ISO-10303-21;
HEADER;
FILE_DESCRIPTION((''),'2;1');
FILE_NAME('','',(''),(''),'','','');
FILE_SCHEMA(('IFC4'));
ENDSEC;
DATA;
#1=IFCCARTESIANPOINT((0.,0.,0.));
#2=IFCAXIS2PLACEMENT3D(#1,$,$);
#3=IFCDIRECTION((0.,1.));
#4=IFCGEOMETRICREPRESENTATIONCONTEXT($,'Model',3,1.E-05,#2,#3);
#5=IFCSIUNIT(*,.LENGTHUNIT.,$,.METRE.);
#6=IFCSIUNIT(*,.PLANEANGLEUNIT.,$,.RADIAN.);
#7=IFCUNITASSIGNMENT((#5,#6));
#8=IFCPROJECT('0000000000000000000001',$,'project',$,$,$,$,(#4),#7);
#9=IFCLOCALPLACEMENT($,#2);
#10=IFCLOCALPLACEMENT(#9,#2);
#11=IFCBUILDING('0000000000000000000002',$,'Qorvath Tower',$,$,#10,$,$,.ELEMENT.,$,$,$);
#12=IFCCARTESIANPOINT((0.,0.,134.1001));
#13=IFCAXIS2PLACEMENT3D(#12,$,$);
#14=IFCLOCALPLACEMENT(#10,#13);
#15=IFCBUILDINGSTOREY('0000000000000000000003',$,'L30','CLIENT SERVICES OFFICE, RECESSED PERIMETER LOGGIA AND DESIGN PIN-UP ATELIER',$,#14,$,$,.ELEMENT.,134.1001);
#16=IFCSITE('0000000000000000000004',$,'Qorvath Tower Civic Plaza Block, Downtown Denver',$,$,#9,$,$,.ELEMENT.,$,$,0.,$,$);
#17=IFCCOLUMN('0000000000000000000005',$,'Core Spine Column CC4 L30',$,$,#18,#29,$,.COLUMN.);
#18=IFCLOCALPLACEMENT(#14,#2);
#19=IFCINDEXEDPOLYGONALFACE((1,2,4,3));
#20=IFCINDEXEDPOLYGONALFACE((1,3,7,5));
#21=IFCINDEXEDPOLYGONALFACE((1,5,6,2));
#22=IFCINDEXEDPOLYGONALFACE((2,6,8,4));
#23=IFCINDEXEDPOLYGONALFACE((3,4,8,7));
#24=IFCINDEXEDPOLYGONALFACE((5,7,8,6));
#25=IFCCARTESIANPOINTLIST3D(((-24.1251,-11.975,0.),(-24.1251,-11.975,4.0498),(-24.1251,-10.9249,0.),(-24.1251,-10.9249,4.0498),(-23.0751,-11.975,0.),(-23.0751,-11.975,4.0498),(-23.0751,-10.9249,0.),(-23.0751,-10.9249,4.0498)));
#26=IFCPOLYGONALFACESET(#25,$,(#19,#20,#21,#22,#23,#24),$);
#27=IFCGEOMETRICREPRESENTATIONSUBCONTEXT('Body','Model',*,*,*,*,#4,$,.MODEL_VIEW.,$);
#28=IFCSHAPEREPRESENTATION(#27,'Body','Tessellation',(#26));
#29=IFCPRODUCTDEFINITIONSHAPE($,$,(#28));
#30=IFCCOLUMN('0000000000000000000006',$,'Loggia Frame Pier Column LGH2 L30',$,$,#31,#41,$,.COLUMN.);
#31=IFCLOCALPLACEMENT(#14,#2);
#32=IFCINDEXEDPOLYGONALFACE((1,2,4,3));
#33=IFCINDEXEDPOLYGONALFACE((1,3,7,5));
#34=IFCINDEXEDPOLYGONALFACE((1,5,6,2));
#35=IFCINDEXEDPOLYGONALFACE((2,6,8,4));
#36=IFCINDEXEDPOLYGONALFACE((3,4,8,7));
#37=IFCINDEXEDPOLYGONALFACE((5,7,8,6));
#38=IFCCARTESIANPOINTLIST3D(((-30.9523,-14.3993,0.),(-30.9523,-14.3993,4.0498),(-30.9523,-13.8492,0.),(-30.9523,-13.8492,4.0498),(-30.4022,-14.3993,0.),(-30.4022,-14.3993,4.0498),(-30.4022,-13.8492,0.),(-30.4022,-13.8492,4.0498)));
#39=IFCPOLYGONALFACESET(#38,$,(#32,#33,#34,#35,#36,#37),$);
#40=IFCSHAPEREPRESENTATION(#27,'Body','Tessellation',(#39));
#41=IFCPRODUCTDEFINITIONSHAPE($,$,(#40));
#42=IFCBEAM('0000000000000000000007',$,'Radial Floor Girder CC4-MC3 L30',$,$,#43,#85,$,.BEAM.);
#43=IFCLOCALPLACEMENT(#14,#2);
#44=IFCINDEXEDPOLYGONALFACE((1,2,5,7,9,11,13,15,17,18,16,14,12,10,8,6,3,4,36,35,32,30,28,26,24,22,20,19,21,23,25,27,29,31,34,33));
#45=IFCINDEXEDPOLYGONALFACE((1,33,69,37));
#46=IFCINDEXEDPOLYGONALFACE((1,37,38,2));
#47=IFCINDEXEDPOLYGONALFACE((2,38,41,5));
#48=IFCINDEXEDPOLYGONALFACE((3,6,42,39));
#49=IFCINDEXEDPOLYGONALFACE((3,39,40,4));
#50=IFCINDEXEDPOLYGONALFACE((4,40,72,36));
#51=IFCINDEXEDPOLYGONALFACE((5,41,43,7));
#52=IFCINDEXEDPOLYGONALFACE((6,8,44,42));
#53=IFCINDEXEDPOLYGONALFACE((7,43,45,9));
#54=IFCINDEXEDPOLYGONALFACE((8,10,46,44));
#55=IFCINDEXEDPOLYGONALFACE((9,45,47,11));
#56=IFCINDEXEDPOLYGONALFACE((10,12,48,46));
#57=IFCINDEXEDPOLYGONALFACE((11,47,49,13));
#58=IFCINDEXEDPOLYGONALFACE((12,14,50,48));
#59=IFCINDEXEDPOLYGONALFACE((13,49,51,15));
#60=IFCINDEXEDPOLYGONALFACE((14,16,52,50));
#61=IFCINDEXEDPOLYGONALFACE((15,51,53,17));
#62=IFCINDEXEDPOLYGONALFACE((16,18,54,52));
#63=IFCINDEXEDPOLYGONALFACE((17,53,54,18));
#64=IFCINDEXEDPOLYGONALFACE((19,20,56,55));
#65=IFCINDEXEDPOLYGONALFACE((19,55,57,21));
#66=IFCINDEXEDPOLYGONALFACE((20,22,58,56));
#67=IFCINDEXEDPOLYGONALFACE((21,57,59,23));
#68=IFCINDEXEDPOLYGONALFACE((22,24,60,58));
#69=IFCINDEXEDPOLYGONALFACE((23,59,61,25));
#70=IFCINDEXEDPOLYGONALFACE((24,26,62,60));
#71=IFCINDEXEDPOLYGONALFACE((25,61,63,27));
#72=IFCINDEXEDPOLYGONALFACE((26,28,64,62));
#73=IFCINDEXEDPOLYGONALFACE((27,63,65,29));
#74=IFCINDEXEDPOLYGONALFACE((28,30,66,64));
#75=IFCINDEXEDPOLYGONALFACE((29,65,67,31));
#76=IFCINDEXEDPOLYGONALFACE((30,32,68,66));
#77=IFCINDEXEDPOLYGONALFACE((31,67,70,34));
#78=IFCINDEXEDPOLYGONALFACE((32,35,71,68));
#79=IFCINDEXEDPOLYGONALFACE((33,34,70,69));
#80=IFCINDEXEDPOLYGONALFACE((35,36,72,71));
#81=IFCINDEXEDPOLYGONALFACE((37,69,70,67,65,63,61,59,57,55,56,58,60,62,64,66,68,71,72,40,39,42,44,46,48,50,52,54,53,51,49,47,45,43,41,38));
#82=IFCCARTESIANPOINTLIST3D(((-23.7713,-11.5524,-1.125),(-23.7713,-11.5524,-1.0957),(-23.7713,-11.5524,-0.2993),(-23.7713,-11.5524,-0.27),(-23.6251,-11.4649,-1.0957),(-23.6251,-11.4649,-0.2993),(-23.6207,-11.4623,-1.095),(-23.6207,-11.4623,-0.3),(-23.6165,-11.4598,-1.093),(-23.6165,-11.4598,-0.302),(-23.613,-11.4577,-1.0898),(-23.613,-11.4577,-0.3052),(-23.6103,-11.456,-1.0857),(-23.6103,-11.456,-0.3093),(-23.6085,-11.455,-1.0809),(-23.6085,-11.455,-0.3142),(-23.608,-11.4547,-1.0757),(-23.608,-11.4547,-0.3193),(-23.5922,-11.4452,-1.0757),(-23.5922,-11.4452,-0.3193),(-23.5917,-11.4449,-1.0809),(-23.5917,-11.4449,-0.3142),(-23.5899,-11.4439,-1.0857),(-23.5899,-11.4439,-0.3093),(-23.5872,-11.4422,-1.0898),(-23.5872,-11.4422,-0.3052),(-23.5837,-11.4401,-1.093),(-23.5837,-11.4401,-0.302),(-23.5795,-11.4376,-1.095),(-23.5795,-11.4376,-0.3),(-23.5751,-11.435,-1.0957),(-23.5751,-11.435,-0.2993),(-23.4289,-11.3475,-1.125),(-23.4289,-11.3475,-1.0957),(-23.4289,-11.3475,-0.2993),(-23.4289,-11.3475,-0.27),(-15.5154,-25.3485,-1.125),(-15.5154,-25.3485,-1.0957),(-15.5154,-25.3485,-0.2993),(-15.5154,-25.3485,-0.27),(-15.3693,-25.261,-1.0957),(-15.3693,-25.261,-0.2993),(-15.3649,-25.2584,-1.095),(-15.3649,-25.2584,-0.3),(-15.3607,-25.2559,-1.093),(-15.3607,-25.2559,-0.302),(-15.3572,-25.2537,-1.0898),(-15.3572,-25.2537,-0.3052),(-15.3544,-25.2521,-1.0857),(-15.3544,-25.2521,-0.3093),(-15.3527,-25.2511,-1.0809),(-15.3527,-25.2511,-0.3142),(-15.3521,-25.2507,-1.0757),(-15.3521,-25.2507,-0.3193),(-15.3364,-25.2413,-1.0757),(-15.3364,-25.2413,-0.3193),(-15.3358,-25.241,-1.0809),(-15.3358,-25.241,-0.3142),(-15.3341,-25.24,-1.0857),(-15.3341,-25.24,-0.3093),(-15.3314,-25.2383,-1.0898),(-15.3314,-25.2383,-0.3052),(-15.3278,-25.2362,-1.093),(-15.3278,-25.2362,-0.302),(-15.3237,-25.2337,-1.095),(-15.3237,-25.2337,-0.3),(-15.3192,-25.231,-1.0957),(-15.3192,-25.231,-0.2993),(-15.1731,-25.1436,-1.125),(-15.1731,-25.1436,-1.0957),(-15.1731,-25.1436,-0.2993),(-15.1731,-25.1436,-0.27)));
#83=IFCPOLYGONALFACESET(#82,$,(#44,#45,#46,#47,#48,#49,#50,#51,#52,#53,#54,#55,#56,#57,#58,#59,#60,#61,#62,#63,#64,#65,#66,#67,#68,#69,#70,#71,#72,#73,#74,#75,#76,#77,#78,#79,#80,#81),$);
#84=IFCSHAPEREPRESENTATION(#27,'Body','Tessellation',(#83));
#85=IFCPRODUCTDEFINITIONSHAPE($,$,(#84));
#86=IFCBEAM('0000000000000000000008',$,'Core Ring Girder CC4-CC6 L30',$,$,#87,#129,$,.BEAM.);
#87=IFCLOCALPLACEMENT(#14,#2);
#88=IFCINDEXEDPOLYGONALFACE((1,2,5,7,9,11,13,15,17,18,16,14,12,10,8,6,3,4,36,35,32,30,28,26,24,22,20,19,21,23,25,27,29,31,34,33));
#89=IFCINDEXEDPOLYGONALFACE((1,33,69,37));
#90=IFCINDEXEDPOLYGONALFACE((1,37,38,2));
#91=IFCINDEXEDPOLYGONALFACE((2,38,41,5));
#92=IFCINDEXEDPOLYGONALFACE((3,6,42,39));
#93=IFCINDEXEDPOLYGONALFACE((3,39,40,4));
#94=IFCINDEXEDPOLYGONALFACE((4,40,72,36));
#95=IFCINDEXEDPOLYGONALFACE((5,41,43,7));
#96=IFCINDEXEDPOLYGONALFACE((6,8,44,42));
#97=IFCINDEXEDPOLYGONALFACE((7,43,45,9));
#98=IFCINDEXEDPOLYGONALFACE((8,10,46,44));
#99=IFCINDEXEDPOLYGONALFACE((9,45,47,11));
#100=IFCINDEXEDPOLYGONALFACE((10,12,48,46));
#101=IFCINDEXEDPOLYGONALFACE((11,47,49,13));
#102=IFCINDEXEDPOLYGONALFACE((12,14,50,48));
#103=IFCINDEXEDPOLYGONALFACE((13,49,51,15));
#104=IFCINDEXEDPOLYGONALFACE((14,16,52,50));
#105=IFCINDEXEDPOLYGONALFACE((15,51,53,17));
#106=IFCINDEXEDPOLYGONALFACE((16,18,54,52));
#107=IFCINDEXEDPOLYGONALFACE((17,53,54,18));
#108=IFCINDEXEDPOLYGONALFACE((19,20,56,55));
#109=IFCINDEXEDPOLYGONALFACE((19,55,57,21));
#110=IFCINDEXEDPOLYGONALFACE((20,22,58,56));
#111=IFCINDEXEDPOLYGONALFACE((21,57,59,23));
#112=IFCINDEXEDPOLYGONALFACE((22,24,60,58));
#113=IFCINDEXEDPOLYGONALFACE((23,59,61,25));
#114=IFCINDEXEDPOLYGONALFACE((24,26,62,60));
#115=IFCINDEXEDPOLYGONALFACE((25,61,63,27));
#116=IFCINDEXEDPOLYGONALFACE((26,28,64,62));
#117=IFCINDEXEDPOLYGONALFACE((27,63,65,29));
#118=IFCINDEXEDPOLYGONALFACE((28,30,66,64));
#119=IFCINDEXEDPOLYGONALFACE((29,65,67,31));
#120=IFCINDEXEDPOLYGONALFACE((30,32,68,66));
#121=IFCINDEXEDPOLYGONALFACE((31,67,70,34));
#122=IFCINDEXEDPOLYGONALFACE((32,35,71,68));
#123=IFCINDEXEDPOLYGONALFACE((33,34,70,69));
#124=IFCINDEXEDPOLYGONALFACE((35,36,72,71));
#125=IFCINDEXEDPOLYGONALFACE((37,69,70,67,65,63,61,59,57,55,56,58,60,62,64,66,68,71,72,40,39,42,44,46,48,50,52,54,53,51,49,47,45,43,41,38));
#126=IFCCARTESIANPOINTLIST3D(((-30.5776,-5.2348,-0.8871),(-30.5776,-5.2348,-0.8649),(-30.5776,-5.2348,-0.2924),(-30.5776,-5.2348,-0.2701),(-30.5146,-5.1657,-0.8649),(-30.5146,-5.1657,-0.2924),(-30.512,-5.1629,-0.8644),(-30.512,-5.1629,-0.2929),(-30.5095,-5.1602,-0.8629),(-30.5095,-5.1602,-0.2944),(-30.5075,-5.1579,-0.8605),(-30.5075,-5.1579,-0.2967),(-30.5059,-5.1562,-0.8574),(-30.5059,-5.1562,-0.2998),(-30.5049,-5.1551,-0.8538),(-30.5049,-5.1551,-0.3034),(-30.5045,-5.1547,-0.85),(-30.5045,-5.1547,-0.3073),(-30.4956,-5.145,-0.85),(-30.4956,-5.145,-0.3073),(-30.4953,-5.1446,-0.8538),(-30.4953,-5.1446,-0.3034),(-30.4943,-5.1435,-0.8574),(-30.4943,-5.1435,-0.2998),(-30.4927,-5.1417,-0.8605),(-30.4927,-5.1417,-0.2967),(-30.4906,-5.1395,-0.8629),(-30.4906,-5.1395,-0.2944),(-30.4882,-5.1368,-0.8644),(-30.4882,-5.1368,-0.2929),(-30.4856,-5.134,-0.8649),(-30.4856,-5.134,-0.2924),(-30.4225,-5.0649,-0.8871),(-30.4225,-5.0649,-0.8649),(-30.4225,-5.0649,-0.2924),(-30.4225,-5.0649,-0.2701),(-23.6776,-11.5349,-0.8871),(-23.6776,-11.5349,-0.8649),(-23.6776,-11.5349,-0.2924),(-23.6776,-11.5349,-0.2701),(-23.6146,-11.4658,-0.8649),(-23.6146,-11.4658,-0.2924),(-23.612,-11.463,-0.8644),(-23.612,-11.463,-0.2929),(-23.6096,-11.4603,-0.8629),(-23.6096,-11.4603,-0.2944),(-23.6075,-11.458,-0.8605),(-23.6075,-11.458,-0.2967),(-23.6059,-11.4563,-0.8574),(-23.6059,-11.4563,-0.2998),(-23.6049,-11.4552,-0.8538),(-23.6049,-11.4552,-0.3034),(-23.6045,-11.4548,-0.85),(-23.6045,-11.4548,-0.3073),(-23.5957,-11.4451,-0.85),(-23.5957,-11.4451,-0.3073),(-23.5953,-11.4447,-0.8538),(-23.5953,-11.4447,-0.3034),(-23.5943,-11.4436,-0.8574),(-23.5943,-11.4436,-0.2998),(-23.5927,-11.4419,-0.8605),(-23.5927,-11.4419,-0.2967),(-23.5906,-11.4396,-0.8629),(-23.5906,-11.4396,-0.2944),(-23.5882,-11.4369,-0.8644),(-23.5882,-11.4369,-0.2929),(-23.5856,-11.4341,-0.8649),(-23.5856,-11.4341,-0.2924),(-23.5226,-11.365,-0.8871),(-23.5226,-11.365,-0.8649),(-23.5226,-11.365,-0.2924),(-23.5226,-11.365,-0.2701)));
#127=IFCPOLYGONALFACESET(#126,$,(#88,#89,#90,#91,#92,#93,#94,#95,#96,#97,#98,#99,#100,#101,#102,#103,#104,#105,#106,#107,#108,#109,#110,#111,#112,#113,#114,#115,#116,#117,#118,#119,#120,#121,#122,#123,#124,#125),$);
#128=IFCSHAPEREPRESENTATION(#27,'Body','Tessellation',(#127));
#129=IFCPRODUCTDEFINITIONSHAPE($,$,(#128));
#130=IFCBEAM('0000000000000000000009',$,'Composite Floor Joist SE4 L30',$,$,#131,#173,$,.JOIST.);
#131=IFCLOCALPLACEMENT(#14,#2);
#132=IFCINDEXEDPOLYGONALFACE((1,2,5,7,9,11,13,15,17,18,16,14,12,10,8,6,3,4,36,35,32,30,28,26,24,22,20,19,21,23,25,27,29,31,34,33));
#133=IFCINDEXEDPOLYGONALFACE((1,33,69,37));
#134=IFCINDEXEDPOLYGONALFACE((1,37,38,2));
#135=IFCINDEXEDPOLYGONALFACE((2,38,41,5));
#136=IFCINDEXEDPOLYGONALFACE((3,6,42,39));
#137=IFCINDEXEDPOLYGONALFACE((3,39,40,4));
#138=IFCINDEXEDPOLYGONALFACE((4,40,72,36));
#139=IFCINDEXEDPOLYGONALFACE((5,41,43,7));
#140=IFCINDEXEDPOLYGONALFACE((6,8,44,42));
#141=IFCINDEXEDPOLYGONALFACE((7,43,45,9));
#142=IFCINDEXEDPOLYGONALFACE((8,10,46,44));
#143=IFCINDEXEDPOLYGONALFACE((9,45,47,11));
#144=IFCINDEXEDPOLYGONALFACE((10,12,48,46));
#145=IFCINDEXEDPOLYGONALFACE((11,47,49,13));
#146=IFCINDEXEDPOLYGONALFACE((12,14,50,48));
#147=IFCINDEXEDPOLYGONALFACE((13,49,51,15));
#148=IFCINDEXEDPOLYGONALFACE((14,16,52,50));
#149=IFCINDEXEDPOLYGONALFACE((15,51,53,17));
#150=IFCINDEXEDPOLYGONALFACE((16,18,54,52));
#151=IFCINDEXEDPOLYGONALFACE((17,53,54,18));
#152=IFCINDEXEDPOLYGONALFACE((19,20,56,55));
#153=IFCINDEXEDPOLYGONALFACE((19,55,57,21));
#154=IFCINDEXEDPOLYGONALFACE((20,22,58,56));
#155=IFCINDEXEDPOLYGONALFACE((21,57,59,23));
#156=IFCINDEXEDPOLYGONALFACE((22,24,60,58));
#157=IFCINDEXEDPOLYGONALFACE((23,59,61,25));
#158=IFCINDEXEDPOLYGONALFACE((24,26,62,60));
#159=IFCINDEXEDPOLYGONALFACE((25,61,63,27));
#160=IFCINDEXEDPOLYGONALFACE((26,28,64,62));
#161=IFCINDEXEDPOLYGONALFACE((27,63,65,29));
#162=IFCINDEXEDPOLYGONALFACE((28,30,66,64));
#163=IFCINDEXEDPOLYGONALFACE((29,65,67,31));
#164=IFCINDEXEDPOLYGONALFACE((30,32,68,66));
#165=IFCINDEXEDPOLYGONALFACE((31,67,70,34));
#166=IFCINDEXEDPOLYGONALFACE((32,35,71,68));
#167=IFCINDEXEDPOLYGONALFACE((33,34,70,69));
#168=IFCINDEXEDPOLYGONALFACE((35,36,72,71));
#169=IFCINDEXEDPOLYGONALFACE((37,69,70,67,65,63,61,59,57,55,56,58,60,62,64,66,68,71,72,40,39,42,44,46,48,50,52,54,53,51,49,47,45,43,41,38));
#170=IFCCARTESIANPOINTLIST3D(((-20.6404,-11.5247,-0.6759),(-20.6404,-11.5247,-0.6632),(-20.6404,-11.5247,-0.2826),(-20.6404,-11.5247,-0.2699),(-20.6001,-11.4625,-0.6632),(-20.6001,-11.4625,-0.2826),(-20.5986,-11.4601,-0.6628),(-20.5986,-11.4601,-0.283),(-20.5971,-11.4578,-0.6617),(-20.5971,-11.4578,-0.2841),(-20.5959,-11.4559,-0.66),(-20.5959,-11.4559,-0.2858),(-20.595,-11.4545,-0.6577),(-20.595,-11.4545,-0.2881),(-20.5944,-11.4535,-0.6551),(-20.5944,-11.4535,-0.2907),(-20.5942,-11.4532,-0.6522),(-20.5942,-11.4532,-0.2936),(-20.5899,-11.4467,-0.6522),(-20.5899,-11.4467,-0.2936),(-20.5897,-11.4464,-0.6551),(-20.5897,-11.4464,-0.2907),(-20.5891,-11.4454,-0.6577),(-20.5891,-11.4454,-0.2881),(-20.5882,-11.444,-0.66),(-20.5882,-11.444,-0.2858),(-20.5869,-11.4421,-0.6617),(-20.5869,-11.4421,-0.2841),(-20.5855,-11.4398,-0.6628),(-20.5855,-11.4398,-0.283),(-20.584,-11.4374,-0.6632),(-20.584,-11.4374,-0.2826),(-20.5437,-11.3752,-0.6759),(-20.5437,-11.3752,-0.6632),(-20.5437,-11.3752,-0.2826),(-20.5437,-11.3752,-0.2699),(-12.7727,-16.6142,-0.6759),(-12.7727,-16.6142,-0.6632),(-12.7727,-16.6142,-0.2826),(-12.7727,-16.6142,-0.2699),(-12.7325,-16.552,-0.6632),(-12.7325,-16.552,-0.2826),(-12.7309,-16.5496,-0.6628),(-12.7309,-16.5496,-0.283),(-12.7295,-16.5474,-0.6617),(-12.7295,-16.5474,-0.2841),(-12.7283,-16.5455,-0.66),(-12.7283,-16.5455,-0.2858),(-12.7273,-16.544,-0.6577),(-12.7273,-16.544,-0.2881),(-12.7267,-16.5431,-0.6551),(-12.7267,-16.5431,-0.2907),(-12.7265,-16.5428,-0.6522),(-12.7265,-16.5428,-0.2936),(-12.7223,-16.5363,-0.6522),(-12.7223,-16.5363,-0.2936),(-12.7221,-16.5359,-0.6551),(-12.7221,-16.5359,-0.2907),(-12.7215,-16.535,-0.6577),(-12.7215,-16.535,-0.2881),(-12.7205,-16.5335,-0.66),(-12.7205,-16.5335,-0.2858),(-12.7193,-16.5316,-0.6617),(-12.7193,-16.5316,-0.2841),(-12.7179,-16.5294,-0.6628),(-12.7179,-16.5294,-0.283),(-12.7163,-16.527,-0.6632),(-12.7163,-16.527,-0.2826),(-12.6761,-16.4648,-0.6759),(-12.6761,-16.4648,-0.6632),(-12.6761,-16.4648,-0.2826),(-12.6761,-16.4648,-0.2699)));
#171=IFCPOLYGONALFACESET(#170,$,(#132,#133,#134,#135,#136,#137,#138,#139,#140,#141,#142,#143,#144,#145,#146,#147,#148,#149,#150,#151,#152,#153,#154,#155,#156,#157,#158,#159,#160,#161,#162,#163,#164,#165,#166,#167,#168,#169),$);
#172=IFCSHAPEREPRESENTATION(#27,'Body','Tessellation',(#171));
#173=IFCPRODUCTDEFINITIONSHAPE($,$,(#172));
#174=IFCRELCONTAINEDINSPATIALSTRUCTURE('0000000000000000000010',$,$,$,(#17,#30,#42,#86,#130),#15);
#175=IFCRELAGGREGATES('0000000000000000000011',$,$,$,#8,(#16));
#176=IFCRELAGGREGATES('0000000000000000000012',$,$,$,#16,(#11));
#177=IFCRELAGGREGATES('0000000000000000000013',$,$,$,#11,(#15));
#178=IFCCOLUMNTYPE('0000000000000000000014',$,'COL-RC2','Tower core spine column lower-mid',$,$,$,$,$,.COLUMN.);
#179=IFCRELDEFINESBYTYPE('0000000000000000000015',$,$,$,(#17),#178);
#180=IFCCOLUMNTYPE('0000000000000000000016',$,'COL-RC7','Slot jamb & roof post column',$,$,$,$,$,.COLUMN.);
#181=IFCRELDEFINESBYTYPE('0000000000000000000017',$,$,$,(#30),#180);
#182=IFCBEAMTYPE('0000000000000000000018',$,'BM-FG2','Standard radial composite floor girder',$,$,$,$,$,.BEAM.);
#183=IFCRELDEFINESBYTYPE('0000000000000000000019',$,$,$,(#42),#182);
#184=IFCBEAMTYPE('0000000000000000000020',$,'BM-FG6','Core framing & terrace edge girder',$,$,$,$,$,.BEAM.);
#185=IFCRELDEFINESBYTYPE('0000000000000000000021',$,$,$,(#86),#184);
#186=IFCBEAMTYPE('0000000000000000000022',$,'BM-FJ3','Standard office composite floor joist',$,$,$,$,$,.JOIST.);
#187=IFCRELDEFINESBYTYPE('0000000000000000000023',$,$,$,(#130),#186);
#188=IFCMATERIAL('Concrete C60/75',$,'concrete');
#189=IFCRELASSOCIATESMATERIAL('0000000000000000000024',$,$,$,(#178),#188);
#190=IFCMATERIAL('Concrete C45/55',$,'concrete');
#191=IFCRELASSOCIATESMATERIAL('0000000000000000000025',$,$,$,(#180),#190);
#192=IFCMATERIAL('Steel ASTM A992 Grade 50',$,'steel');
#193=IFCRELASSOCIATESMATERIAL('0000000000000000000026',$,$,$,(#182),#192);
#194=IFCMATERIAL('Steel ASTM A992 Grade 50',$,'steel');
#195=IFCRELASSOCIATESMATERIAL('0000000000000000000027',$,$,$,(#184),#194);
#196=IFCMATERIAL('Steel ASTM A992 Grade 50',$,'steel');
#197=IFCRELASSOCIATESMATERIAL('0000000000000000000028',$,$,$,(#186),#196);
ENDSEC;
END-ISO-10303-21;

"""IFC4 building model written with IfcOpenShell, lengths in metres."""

from ifc_helpers import new_model, si_unit, direction, frame, origin, origin_2d, place, context, subcontext, project, spatial, rectangle, i_section, extrude, material, material_profile, profile_set, type_object, element, save


model = new_model("IFC4")

# Units and contexts
model_context = context("Model", 3, precision=1e-05, world=origin(), true_north=direction((0.0, 1.0)))
body_context = subcontext(model_context, "Body", "Model", "MODEL_VIEW")
ifc_project = project(units=[si_unit("LENGTHUNIT", "METRE"), si_unit("PLANEANGLEUNIT", "RADIAN")], contexts=[model_context])

# Site, building, storey
site_placement = place(None, origin())
site = spatial("IfcSite", under=ifc_project, at=site_placement, Name="Qorvath Tower Civic Plaza Block, Downtown Denver", CompositionType="ELEMENT", RefElevation=0.0)
building_placement = place(site_placement, origin())
building = spatial("IfcBuilding", under=site, at=building_placement, Name="Qorvath Tower", CompositionType="ELEMENT")
storey_placement = place(building_placement, frame((0.0, 0.0, 134.1001)))
storey = spatial("IfcBuildingStorey", under=building, at=storey_placement, Name="L30", Description="CLIENT SERVICES OFFICE, RECESSED PERIMETER LOGGIA AND DESIGN PIN-UP ATELIER", CompositionType="ELEMENT", Elevation=134.1001)

# Columns
ifc_material_1 = material(Name="Concrete C60/75", Category="concrete")
ifc_material_profile_1 = material_profile(ifc_material_1, rectangle(XDim=1.05, YDim=1.05, at=origin_2d()), Name="RC 1050x1050")
ifc_profile_set_1 = profile_set([ifc_material_profile_1], Name="Concrete C60/75")
column_type_1 = type_object("IfcColumnType", Name="COL-RC2", Description="Tower core spine column lower-mid", PredefinedType="COLUMN", material=ifc_profile_set_1)
column_1_placement = place(storey_placement, frame((-23.6001, -11.45, 0.0), z_axis=(0.0, 0.0, 1.0), x_axis=(1.0, 0.0, 0.0)))
element("IfcColumn", 1, at=column_1_placement, inside=storey, type_object=column_type_1, Name="Core Spine Column CC4 L30", PredefinedType="COLUMN", context=body_context, shape_type="SweptSolid", body=[
    extrude(rectangle(XDim=1.05, YDim=1.05, at=origin_2d()), origin(), (0.0, 0.0, 1.0), 4.0498),
])
ifc_material_2 = material(Name="Concrete C45/55", Category="concrete")
ifc_material_profile_2 = material_profile(ifc_material_2, rectangle(XDim=0.55, YDim=0.55, at=origin_2d()), Name="RC 550x550")
ifc_profile_set_2 = profile_set([ifc_material_profile_2], Name="Concrete C45/55")
column_type_2 = type_object("IfcColumnType", Name="COL-RC7", Description="Slot jamb & roof post column", PredefinedType="COLUMN", material=ifc_profile_set_2)
column_2_placement = place(storey_placement, frame((-30.6772, -14.1243, 0.0), z_axis=(0.0, 0.0, 1.0), x_axis=(1.0, 0.0, 0.0)))
element("IfcColumn", 2, at=column_2_placement, inside=storey, type_object=column_type_2, Name="Loggia Frame Pier Column LGH2 L30", PredefinedType="COLUMN", context=body_context, shape_type="SweptSolid", body=[
    extrude(rectangle(XDim=0.55, YDim=0.55, at=origin_2d()), origin(), (0.0, 0.0, 1.0), 4.0498),
])

# Beams
ifc_material_3 = material(Name="Steel ASTM A992 Grade 50", Category="steel")
ifc_material_profile_3 = material_profile(ifc_material_3, i_section(OverallWidth=0.3989, OverallDepth=0.855, WebThickness=0.0183, FlangeThickness=0.0293, FilletRadius=0.02, at=origin_2d()), Name="W33x201")
ifc_profile_set_3 = profile_set([ifc_material_profile_3], Name="Steel ASTM A992 Grade 50")
beam_type_1 = type_object("IfcBeamType", Name="BM-FG2", Description="Standard radial composite floor girder", PredefinedType="BEAM", material=ifc_profile_set_3)
beam_1_placement = place(storey_placement, frame((-23.6001, -11.45, -0.6975), z_axis=(0.513497, -0.858091, 0.0), x_axis=(0.858091, 0.513497, 0.0)))
element("IfcBeam", 3, at=beam_1_placement, inside=storey, type_object=beam_type_1, Name="Radial Floor Girder CC4-MC3 L30", PredefinedType="BEAM", context=body_context, shape_type="SweptSolid", body=[
    extrude(i_section(OverallWidth=0.3989, OverallDepth=0.855, WebThickness=0.0183, FlangeThickness=0.0293, FilletRadius=0.02, at=origin_2d()), origin(), (0.0, 0.0, 1.0), 16.0776),
])
ifc_material_4 = material(Name="Steel ASTM A992 Grade 50", Category="steel")
ifc_material_profile_4 = material_profile(ifc_material_4, i_section(OverallWidth=0.23, OverallDepth=0.6169, WebThickness=0.0132, FlangeThickness=0.0222, FilletRadius=0.0149, at=origin_2d()), Name="W24x94")
ifc_profile_set_4 = profile_set([ifc_material_profile_4], Name="Steel ASTM A992 Grade 50")
beam_type_2 = type_object("IfcBeamType", Name="BM-FG6", Description="Core framing & terrace edge girder", PredefinedType="BEAM", material=ifc_profile_set_4)
beam_2_placement = place(storey_placement, frame((-23.6001, -11.45, -0.5786), z_axis=(-0.738478, 0.674277, 0.0), x_axis=(-0.674277, -0.738478, 0.0)))
element("IfcBeam", 4, at=beam_2_placement, inside=storey, type_object=beam_type_2, Name="Core Ring Girder CC4-CC6 L30", PredefinedType="BEAM", context=body_context, shape_type="SweptSolid", body=[
    extrude(i_section(OverallWidth=0.23, OverallDepth=0.6169, WebThickness=0.0132, FlangeThickness=0.0222, FilletRadius=0.0149, at=origin_2d()), origin(), (0.0, 0.0, 1.0), 9.3435),
])
ifc_material_5 = material(Name="Steel ASTM A992 Grade 50", Category="steel")
ifc_material_profile_5 = material_profile(ifc_material_5, i_section(OverallWidth=0.178, OverallDepth=0.406, WebThickness=0.0078, FlangeThickness=0.0127, FilletRadius=0.011, at=origin_2d()), Name="W16x40")
ifc_profile_set_5 = profile_set([ifc_material_profile_5], Name="Steel ASTM A992 Grade 50")
beam_type_3 = type_object("IfcBeamType", Name="BM-FJ3", Description="Standard office composite floor joist", PredefinedType="JOIST", material=ifc_profile_set_5)
beam_3_placement = place(storey_placement, frame((-20.592, -11.45, -0.4729), z_axis=(0.839631, -0.543157, 0.0), x_axis=(0.543157, 0.839631, 0.0)))
element("IfcBeam", 5, at=beam_3_placement, inside=storey, type_object=beam_type_3, Name="Composite Floor Joist SE4 L30", PredefinedType="JOIST", context=body_context, shape_type="SweptSolid", body=[
    extrude(i_section(OverallWidth=0.178, OverallDepth=0.406, WebThickness=0.0078, FlangeThickness=0.0127, FilletRadius=0.011, at=origin_2d()), origin(), (0.0, 0.0, 1.0), 9.3704),
])

save(model, "model.ifc")
